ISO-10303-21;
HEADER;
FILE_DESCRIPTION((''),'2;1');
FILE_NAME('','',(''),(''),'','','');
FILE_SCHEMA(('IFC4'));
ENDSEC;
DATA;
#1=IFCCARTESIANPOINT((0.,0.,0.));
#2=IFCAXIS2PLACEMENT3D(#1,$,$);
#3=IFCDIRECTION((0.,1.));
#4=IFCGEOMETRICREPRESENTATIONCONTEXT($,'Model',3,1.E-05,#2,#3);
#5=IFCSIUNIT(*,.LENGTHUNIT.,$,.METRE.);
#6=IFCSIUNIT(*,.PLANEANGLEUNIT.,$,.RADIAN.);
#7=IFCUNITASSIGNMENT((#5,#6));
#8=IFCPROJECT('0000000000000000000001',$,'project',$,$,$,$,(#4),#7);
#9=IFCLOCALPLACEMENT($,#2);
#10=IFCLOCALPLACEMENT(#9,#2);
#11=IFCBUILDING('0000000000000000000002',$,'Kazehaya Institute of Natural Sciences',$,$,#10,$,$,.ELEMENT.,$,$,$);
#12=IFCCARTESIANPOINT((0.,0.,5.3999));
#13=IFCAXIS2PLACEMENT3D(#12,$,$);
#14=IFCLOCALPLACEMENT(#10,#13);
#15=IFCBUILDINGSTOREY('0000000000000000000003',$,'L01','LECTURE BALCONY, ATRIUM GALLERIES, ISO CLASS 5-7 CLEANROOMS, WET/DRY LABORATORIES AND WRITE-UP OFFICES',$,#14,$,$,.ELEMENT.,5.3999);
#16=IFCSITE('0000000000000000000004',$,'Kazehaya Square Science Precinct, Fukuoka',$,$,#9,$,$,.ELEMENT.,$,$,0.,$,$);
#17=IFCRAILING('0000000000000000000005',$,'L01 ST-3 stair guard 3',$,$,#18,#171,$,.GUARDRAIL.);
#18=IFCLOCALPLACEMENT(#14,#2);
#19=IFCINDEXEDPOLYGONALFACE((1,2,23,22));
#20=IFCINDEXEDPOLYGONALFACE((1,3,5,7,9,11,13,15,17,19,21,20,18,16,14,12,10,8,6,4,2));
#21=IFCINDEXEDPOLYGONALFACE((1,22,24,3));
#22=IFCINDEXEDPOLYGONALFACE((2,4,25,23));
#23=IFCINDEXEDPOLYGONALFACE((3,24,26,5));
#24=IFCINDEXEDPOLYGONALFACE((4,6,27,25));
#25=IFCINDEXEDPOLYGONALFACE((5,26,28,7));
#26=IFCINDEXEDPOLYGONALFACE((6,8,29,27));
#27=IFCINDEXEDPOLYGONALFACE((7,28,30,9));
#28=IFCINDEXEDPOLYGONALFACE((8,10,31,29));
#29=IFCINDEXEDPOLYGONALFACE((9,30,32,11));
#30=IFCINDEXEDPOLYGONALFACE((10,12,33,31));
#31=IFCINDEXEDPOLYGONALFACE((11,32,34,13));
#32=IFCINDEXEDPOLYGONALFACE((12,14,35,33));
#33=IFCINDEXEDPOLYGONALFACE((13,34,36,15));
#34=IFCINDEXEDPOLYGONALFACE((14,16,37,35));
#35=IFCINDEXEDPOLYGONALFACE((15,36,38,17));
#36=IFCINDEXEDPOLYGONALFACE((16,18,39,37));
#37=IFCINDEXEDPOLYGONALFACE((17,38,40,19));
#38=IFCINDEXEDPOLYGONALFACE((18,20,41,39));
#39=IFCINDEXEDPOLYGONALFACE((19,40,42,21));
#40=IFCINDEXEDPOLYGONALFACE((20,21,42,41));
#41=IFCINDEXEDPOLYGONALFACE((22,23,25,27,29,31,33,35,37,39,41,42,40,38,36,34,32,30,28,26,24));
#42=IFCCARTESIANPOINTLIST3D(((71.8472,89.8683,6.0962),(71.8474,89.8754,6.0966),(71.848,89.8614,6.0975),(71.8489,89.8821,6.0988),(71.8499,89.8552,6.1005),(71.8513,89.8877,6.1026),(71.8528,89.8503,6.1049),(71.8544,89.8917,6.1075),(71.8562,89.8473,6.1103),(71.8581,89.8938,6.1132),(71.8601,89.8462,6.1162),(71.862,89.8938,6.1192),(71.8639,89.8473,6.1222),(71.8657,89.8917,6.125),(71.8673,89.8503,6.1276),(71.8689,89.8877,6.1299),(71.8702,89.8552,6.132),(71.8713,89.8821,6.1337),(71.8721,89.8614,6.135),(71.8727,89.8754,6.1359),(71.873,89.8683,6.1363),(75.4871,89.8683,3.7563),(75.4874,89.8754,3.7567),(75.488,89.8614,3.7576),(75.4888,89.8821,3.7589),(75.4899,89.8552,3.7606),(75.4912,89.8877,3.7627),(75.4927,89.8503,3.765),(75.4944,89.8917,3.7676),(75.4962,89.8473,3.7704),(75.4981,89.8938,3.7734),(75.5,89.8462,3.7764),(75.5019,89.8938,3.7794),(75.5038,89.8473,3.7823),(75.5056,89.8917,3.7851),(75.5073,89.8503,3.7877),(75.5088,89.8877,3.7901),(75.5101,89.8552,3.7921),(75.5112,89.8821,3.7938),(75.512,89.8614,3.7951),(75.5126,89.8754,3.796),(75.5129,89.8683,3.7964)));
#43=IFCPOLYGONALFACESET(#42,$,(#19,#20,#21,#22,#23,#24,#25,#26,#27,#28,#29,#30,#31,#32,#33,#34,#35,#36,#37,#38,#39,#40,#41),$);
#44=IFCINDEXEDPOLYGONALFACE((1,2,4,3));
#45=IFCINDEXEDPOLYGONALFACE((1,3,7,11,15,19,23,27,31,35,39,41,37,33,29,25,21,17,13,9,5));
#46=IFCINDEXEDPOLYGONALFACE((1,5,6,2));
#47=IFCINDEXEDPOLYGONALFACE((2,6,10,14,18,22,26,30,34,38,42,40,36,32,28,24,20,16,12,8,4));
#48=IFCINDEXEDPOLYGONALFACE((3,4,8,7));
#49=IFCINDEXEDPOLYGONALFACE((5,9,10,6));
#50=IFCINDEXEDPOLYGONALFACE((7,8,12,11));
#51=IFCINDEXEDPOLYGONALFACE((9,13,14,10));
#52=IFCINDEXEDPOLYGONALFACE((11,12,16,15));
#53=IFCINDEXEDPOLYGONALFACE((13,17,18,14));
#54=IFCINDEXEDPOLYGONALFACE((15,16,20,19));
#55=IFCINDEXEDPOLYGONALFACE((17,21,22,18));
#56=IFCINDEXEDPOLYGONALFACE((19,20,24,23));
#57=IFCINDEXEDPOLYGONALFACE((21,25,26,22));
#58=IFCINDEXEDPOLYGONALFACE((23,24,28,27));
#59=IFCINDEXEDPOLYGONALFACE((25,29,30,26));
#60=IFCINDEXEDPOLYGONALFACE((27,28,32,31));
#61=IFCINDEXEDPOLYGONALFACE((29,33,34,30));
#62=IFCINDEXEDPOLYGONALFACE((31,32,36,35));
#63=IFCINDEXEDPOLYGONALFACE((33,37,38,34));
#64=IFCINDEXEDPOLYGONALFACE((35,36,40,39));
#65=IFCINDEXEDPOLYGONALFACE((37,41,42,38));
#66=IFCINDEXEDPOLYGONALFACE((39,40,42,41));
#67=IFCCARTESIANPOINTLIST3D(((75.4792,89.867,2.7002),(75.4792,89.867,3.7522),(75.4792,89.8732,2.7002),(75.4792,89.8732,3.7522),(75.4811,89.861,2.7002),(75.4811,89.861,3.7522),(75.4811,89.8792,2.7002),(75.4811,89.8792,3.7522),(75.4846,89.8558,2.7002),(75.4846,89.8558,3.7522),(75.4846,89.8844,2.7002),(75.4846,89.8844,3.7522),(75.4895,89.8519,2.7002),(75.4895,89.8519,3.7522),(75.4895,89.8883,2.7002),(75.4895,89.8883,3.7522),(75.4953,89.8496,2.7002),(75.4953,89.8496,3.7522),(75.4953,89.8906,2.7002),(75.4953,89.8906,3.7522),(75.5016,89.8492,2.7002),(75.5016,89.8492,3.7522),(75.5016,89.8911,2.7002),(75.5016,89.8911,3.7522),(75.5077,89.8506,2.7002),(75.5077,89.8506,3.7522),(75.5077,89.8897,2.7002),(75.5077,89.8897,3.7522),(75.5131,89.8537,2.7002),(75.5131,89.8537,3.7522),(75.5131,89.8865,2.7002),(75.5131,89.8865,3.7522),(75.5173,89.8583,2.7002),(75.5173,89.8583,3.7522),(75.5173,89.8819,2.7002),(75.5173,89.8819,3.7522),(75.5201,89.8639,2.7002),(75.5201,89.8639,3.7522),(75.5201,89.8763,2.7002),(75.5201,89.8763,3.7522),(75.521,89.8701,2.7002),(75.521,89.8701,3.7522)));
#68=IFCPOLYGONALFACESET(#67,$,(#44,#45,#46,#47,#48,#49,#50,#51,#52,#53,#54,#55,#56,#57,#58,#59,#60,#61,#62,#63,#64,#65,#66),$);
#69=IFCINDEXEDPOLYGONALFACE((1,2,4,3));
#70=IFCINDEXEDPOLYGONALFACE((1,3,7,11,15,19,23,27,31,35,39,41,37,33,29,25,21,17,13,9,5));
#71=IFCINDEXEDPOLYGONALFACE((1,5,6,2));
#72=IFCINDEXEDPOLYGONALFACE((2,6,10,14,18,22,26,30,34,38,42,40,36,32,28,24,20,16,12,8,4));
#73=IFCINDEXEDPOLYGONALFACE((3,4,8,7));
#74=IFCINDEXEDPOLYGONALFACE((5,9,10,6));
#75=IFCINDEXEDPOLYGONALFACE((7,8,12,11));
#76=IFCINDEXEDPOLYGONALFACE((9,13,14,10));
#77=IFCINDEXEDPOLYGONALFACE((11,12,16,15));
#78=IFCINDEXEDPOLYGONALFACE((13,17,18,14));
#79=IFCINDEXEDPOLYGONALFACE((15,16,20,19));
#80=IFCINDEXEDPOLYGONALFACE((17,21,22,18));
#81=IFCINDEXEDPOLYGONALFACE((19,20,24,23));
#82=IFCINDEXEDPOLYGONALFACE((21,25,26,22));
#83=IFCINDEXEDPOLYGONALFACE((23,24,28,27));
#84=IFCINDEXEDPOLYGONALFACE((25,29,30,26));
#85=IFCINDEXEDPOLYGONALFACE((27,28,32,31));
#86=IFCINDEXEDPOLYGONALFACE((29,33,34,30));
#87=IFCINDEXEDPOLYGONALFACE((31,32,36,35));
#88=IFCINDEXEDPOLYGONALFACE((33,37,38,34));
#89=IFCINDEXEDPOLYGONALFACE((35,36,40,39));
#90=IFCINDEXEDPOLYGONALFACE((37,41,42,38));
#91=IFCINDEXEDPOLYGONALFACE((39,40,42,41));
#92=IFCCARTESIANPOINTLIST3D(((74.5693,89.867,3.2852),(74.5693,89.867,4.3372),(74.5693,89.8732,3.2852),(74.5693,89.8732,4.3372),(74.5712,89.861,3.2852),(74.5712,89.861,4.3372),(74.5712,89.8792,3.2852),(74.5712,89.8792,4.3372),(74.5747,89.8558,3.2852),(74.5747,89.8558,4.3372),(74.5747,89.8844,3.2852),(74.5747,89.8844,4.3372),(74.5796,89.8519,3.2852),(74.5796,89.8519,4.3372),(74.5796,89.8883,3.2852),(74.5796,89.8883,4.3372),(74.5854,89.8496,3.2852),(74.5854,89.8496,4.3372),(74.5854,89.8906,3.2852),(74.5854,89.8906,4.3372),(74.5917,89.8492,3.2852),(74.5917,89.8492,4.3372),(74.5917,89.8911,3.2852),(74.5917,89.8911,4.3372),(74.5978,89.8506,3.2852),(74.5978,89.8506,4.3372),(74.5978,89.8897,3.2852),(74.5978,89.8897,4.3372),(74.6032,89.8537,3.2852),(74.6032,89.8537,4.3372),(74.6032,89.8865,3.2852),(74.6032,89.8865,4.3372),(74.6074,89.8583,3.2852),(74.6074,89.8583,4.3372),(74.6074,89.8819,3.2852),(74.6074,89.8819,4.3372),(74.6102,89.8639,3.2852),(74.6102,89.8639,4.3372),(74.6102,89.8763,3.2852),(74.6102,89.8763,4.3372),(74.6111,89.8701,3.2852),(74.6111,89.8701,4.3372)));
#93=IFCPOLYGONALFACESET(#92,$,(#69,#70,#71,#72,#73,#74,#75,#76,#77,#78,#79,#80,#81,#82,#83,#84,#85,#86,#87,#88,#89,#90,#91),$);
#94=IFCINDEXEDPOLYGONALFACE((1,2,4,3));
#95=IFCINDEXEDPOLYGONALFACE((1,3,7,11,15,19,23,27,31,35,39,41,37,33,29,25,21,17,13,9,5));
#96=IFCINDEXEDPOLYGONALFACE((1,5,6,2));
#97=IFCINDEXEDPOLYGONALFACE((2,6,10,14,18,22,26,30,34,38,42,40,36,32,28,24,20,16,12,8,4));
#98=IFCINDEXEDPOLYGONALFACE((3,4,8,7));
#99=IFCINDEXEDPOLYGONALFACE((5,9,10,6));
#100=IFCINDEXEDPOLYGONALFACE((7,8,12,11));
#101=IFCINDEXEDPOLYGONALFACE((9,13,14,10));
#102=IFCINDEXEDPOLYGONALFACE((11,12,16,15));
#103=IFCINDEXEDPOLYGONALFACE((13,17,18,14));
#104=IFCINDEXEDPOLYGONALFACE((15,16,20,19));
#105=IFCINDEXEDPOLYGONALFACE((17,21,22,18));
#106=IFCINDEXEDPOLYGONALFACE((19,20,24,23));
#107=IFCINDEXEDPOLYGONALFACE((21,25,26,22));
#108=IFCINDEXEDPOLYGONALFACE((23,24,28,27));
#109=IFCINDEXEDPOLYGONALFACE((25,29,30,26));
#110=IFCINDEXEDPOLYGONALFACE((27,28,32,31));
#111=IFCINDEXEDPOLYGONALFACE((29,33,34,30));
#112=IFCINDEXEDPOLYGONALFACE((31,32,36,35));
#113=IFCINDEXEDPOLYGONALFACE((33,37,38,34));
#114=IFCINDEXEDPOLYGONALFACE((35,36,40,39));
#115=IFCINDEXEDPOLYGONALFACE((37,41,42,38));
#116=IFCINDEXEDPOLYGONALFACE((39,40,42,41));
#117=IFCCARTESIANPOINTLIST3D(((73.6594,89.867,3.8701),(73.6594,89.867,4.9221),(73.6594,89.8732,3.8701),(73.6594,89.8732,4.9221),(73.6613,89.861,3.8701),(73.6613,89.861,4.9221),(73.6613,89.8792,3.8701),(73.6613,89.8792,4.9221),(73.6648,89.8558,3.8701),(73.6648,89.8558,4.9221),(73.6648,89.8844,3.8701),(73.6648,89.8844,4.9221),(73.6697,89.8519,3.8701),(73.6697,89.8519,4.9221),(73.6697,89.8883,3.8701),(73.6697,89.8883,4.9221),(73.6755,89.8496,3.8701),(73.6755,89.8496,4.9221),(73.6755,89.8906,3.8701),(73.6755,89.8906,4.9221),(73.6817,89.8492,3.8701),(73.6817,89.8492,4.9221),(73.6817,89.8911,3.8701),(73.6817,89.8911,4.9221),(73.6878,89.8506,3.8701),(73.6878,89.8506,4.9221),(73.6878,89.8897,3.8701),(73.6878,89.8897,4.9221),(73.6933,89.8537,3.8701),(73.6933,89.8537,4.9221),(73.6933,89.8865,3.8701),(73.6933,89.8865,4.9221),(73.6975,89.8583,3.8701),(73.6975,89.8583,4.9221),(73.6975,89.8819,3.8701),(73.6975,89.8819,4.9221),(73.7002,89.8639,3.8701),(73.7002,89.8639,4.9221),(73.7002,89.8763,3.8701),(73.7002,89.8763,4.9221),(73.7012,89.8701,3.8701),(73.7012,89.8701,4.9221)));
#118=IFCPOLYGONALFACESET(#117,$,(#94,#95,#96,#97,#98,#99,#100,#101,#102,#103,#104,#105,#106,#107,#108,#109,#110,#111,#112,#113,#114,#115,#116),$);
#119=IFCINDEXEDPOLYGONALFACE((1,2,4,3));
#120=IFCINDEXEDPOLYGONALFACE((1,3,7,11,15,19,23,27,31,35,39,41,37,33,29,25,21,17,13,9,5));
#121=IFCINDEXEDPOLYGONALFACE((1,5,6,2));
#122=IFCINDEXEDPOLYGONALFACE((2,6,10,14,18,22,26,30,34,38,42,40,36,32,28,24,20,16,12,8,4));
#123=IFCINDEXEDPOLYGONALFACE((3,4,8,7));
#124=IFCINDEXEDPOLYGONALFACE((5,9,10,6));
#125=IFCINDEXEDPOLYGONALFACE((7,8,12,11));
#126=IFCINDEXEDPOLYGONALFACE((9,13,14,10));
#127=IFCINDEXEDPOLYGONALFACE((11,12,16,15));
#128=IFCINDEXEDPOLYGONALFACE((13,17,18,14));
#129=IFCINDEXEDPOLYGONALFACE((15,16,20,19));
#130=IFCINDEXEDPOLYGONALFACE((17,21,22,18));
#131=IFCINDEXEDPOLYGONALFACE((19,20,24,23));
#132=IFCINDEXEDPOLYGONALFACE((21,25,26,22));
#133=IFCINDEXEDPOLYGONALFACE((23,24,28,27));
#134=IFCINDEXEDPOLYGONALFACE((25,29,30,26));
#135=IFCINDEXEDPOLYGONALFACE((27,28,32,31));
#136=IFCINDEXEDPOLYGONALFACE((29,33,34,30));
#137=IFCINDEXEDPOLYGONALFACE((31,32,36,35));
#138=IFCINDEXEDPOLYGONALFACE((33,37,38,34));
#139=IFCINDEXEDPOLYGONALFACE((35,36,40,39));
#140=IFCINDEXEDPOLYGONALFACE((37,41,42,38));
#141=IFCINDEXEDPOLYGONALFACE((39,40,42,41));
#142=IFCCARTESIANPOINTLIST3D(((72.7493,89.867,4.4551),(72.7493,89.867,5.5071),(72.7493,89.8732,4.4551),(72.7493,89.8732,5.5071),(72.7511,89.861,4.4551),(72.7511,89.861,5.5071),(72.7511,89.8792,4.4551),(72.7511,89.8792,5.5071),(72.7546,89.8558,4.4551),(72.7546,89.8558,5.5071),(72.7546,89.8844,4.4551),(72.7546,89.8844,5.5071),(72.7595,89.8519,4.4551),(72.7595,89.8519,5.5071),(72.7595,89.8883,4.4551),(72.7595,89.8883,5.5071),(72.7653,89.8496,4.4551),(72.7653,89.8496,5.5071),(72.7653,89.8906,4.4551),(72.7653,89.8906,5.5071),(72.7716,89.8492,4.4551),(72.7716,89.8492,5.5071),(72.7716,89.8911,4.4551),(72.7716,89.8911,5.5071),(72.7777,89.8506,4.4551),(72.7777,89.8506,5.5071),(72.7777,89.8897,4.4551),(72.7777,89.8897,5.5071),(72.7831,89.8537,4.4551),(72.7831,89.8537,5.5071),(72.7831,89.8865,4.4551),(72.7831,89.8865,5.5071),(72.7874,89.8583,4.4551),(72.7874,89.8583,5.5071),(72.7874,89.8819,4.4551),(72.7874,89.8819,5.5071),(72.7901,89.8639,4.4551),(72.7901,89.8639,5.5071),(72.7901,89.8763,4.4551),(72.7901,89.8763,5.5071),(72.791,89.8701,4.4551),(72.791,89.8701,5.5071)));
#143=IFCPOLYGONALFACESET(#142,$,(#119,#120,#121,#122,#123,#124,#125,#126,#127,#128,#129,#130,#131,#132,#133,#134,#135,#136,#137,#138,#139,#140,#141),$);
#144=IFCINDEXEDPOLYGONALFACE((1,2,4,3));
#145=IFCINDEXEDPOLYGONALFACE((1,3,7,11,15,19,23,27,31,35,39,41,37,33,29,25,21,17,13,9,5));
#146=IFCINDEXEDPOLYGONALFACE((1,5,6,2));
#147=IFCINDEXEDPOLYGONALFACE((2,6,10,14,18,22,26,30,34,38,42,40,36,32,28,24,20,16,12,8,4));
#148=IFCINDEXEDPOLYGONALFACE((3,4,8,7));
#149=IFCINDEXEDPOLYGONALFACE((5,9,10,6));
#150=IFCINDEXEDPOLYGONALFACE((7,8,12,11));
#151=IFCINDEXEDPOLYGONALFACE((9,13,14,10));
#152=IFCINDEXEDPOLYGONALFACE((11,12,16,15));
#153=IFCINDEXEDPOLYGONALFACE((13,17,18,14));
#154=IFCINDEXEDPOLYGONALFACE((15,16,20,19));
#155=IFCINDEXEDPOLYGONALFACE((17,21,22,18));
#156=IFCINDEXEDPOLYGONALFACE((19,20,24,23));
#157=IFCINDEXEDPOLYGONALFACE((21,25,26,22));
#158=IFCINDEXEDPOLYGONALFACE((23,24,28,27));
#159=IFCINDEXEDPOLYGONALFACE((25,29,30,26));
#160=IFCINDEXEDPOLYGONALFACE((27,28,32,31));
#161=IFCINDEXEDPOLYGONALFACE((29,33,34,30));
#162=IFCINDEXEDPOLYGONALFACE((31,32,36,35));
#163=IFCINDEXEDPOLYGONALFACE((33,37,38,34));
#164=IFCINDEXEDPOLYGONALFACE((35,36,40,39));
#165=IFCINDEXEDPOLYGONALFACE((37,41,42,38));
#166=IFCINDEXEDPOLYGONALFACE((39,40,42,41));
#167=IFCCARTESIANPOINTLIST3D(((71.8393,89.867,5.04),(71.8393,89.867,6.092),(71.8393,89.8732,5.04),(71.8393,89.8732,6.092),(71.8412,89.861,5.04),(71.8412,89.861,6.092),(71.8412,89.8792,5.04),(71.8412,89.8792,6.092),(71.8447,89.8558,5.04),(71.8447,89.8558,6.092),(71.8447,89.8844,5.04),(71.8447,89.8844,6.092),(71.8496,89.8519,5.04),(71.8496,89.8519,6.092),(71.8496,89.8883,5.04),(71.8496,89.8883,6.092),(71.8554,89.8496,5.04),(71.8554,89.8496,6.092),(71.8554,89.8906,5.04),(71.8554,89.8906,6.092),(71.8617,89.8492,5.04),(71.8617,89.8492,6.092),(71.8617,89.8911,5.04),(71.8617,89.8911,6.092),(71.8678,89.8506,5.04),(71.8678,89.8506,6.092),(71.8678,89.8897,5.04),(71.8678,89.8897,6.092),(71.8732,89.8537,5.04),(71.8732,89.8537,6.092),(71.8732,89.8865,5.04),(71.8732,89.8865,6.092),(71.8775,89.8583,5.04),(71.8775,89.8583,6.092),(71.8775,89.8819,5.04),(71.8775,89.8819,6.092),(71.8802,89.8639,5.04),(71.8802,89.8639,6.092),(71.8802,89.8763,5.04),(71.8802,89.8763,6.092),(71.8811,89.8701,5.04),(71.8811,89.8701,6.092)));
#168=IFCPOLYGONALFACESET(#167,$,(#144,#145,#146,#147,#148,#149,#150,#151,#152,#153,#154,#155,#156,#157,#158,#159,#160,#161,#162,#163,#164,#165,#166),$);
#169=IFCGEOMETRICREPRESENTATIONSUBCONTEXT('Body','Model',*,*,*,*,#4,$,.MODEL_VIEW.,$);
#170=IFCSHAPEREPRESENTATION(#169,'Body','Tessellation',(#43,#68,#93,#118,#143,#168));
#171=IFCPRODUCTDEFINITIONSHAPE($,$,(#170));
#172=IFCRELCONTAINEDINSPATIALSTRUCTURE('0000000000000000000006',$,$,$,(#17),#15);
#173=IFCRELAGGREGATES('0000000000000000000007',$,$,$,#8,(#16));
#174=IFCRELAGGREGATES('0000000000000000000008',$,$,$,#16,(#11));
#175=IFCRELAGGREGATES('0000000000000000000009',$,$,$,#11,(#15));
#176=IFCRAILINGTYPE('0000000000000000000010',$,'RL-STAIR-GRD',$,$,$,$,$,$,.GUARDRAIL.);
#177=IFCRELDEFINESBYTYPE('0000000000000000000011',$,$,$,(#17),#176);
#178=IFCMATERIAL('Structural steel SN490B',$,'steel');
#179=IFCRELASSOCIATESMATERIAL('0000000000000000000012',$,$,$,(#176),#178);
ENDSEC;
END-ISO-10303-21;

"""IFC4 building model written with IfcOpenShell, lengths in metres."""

from ifc_helpers import new_model, si_unit, direction, frame, origin, origin_2d, place, context, subcontext, project, spatial, circle, extrude, material, type_object, element, save


model = new_model("IFC4")

# Units and contexts
model_context = context("Model", 3, precision=1e-05, world=origin(), true_north=direction((0.0, 1.0)))
body_context = subcontext(model_context, "Body", "Model", "MODEL_VIEW")
ifc_project = project(units=[si_unit("LENGTHUNIT", "METRE"), si_unit("PLANEANGLEUNIT", "RADIAN")], contexts=[model_context])

# Site, building, storey
site_placement = place(None, origin())
site = spatial("IfcSite", under=ifc_project, at=site_placement, Name="Kazehaya Square Science Precinct, Fukuoka", CompositionType="ELEMENT", RefElevation=0.0)
building_placement = place(site_placement, origin())
building = spatial("IfcBuilding", under=site, at=building_placement, Name="Kazehaya Institute of Natural Sciences", CompositionType="ELEMENT")
storey_placement = place(building_placement, frame((0.0, 0.0, 5.3999)))
storey = spatial("IfcBuildingStorey", under=building, at=storey_placement, Name="L01", Description="LECTURE BALCONY, ATRIUM GALLERIES, ISO CLASS 5-7 CLEANROOMS, WET/DRY LABORATORIES AND WRITE-UP OFFICES", CompositionType="ELEMENT", Elevation=5.3999)

# Railing
ifc_material_1 = material(Name="Structural steel SN490B", Category="steel")
railing_type_1 = type_object("IfcRailingType", Name="RL-STAIR-GRD", PredefinedType="GUARDRAIL", material=ifc_material_1)
railing_1_placement = place(storey_placement, frame((75.5, 89.8701, 2.7002)))
element("IfcRailing", 1, at=railing_1_placement, inside=storey, type_object=railing_type_1, Name="L01 ST-3 stair guard 3", PredefinedType="GUARDRAIL", context=body_context, shape_type="SweptSolid", body=[
    extrude(circle(Radius=0.0239, at=origin_2d()), frame((0.0, 0.0, 1.0762), z_axis=(-0.841188, 0.0, 0.540743), x_axis=(0.0, -1.0, 0.0)), (0.0, 0.0, 1.0), 4.3271),
    extrude(circle(Radius=0.021, at=origin_2d()), origin(), (0.0, 0.0, 1.0), 1.052),
    extrude(circle(Radius=0.021, at=origin_2d()), frame((-0.9099, 0.0, 0.585)), (0.0, 0.0, 1.0), 1.052),
    extrude(circle(Radius=0.021, at=origin_2d()), frame((-1.8198, 0.0, 1.1699)), (0.0, 0.0, 1.0), 1.052),
    extrude(circle(Radius=0.021, at=origin_2d()), frame((-2.73, 0.0, 1.7549)), (0.0, 0.0, 1.0), 1.052),
    extrude(circle(Radius=0.021, at=origin_2d()), frame((-3.6399, 0.0, 2.3398)), (0.0, 0.0, 1.0), 1.052),
])

save(model, "model.ifc")
